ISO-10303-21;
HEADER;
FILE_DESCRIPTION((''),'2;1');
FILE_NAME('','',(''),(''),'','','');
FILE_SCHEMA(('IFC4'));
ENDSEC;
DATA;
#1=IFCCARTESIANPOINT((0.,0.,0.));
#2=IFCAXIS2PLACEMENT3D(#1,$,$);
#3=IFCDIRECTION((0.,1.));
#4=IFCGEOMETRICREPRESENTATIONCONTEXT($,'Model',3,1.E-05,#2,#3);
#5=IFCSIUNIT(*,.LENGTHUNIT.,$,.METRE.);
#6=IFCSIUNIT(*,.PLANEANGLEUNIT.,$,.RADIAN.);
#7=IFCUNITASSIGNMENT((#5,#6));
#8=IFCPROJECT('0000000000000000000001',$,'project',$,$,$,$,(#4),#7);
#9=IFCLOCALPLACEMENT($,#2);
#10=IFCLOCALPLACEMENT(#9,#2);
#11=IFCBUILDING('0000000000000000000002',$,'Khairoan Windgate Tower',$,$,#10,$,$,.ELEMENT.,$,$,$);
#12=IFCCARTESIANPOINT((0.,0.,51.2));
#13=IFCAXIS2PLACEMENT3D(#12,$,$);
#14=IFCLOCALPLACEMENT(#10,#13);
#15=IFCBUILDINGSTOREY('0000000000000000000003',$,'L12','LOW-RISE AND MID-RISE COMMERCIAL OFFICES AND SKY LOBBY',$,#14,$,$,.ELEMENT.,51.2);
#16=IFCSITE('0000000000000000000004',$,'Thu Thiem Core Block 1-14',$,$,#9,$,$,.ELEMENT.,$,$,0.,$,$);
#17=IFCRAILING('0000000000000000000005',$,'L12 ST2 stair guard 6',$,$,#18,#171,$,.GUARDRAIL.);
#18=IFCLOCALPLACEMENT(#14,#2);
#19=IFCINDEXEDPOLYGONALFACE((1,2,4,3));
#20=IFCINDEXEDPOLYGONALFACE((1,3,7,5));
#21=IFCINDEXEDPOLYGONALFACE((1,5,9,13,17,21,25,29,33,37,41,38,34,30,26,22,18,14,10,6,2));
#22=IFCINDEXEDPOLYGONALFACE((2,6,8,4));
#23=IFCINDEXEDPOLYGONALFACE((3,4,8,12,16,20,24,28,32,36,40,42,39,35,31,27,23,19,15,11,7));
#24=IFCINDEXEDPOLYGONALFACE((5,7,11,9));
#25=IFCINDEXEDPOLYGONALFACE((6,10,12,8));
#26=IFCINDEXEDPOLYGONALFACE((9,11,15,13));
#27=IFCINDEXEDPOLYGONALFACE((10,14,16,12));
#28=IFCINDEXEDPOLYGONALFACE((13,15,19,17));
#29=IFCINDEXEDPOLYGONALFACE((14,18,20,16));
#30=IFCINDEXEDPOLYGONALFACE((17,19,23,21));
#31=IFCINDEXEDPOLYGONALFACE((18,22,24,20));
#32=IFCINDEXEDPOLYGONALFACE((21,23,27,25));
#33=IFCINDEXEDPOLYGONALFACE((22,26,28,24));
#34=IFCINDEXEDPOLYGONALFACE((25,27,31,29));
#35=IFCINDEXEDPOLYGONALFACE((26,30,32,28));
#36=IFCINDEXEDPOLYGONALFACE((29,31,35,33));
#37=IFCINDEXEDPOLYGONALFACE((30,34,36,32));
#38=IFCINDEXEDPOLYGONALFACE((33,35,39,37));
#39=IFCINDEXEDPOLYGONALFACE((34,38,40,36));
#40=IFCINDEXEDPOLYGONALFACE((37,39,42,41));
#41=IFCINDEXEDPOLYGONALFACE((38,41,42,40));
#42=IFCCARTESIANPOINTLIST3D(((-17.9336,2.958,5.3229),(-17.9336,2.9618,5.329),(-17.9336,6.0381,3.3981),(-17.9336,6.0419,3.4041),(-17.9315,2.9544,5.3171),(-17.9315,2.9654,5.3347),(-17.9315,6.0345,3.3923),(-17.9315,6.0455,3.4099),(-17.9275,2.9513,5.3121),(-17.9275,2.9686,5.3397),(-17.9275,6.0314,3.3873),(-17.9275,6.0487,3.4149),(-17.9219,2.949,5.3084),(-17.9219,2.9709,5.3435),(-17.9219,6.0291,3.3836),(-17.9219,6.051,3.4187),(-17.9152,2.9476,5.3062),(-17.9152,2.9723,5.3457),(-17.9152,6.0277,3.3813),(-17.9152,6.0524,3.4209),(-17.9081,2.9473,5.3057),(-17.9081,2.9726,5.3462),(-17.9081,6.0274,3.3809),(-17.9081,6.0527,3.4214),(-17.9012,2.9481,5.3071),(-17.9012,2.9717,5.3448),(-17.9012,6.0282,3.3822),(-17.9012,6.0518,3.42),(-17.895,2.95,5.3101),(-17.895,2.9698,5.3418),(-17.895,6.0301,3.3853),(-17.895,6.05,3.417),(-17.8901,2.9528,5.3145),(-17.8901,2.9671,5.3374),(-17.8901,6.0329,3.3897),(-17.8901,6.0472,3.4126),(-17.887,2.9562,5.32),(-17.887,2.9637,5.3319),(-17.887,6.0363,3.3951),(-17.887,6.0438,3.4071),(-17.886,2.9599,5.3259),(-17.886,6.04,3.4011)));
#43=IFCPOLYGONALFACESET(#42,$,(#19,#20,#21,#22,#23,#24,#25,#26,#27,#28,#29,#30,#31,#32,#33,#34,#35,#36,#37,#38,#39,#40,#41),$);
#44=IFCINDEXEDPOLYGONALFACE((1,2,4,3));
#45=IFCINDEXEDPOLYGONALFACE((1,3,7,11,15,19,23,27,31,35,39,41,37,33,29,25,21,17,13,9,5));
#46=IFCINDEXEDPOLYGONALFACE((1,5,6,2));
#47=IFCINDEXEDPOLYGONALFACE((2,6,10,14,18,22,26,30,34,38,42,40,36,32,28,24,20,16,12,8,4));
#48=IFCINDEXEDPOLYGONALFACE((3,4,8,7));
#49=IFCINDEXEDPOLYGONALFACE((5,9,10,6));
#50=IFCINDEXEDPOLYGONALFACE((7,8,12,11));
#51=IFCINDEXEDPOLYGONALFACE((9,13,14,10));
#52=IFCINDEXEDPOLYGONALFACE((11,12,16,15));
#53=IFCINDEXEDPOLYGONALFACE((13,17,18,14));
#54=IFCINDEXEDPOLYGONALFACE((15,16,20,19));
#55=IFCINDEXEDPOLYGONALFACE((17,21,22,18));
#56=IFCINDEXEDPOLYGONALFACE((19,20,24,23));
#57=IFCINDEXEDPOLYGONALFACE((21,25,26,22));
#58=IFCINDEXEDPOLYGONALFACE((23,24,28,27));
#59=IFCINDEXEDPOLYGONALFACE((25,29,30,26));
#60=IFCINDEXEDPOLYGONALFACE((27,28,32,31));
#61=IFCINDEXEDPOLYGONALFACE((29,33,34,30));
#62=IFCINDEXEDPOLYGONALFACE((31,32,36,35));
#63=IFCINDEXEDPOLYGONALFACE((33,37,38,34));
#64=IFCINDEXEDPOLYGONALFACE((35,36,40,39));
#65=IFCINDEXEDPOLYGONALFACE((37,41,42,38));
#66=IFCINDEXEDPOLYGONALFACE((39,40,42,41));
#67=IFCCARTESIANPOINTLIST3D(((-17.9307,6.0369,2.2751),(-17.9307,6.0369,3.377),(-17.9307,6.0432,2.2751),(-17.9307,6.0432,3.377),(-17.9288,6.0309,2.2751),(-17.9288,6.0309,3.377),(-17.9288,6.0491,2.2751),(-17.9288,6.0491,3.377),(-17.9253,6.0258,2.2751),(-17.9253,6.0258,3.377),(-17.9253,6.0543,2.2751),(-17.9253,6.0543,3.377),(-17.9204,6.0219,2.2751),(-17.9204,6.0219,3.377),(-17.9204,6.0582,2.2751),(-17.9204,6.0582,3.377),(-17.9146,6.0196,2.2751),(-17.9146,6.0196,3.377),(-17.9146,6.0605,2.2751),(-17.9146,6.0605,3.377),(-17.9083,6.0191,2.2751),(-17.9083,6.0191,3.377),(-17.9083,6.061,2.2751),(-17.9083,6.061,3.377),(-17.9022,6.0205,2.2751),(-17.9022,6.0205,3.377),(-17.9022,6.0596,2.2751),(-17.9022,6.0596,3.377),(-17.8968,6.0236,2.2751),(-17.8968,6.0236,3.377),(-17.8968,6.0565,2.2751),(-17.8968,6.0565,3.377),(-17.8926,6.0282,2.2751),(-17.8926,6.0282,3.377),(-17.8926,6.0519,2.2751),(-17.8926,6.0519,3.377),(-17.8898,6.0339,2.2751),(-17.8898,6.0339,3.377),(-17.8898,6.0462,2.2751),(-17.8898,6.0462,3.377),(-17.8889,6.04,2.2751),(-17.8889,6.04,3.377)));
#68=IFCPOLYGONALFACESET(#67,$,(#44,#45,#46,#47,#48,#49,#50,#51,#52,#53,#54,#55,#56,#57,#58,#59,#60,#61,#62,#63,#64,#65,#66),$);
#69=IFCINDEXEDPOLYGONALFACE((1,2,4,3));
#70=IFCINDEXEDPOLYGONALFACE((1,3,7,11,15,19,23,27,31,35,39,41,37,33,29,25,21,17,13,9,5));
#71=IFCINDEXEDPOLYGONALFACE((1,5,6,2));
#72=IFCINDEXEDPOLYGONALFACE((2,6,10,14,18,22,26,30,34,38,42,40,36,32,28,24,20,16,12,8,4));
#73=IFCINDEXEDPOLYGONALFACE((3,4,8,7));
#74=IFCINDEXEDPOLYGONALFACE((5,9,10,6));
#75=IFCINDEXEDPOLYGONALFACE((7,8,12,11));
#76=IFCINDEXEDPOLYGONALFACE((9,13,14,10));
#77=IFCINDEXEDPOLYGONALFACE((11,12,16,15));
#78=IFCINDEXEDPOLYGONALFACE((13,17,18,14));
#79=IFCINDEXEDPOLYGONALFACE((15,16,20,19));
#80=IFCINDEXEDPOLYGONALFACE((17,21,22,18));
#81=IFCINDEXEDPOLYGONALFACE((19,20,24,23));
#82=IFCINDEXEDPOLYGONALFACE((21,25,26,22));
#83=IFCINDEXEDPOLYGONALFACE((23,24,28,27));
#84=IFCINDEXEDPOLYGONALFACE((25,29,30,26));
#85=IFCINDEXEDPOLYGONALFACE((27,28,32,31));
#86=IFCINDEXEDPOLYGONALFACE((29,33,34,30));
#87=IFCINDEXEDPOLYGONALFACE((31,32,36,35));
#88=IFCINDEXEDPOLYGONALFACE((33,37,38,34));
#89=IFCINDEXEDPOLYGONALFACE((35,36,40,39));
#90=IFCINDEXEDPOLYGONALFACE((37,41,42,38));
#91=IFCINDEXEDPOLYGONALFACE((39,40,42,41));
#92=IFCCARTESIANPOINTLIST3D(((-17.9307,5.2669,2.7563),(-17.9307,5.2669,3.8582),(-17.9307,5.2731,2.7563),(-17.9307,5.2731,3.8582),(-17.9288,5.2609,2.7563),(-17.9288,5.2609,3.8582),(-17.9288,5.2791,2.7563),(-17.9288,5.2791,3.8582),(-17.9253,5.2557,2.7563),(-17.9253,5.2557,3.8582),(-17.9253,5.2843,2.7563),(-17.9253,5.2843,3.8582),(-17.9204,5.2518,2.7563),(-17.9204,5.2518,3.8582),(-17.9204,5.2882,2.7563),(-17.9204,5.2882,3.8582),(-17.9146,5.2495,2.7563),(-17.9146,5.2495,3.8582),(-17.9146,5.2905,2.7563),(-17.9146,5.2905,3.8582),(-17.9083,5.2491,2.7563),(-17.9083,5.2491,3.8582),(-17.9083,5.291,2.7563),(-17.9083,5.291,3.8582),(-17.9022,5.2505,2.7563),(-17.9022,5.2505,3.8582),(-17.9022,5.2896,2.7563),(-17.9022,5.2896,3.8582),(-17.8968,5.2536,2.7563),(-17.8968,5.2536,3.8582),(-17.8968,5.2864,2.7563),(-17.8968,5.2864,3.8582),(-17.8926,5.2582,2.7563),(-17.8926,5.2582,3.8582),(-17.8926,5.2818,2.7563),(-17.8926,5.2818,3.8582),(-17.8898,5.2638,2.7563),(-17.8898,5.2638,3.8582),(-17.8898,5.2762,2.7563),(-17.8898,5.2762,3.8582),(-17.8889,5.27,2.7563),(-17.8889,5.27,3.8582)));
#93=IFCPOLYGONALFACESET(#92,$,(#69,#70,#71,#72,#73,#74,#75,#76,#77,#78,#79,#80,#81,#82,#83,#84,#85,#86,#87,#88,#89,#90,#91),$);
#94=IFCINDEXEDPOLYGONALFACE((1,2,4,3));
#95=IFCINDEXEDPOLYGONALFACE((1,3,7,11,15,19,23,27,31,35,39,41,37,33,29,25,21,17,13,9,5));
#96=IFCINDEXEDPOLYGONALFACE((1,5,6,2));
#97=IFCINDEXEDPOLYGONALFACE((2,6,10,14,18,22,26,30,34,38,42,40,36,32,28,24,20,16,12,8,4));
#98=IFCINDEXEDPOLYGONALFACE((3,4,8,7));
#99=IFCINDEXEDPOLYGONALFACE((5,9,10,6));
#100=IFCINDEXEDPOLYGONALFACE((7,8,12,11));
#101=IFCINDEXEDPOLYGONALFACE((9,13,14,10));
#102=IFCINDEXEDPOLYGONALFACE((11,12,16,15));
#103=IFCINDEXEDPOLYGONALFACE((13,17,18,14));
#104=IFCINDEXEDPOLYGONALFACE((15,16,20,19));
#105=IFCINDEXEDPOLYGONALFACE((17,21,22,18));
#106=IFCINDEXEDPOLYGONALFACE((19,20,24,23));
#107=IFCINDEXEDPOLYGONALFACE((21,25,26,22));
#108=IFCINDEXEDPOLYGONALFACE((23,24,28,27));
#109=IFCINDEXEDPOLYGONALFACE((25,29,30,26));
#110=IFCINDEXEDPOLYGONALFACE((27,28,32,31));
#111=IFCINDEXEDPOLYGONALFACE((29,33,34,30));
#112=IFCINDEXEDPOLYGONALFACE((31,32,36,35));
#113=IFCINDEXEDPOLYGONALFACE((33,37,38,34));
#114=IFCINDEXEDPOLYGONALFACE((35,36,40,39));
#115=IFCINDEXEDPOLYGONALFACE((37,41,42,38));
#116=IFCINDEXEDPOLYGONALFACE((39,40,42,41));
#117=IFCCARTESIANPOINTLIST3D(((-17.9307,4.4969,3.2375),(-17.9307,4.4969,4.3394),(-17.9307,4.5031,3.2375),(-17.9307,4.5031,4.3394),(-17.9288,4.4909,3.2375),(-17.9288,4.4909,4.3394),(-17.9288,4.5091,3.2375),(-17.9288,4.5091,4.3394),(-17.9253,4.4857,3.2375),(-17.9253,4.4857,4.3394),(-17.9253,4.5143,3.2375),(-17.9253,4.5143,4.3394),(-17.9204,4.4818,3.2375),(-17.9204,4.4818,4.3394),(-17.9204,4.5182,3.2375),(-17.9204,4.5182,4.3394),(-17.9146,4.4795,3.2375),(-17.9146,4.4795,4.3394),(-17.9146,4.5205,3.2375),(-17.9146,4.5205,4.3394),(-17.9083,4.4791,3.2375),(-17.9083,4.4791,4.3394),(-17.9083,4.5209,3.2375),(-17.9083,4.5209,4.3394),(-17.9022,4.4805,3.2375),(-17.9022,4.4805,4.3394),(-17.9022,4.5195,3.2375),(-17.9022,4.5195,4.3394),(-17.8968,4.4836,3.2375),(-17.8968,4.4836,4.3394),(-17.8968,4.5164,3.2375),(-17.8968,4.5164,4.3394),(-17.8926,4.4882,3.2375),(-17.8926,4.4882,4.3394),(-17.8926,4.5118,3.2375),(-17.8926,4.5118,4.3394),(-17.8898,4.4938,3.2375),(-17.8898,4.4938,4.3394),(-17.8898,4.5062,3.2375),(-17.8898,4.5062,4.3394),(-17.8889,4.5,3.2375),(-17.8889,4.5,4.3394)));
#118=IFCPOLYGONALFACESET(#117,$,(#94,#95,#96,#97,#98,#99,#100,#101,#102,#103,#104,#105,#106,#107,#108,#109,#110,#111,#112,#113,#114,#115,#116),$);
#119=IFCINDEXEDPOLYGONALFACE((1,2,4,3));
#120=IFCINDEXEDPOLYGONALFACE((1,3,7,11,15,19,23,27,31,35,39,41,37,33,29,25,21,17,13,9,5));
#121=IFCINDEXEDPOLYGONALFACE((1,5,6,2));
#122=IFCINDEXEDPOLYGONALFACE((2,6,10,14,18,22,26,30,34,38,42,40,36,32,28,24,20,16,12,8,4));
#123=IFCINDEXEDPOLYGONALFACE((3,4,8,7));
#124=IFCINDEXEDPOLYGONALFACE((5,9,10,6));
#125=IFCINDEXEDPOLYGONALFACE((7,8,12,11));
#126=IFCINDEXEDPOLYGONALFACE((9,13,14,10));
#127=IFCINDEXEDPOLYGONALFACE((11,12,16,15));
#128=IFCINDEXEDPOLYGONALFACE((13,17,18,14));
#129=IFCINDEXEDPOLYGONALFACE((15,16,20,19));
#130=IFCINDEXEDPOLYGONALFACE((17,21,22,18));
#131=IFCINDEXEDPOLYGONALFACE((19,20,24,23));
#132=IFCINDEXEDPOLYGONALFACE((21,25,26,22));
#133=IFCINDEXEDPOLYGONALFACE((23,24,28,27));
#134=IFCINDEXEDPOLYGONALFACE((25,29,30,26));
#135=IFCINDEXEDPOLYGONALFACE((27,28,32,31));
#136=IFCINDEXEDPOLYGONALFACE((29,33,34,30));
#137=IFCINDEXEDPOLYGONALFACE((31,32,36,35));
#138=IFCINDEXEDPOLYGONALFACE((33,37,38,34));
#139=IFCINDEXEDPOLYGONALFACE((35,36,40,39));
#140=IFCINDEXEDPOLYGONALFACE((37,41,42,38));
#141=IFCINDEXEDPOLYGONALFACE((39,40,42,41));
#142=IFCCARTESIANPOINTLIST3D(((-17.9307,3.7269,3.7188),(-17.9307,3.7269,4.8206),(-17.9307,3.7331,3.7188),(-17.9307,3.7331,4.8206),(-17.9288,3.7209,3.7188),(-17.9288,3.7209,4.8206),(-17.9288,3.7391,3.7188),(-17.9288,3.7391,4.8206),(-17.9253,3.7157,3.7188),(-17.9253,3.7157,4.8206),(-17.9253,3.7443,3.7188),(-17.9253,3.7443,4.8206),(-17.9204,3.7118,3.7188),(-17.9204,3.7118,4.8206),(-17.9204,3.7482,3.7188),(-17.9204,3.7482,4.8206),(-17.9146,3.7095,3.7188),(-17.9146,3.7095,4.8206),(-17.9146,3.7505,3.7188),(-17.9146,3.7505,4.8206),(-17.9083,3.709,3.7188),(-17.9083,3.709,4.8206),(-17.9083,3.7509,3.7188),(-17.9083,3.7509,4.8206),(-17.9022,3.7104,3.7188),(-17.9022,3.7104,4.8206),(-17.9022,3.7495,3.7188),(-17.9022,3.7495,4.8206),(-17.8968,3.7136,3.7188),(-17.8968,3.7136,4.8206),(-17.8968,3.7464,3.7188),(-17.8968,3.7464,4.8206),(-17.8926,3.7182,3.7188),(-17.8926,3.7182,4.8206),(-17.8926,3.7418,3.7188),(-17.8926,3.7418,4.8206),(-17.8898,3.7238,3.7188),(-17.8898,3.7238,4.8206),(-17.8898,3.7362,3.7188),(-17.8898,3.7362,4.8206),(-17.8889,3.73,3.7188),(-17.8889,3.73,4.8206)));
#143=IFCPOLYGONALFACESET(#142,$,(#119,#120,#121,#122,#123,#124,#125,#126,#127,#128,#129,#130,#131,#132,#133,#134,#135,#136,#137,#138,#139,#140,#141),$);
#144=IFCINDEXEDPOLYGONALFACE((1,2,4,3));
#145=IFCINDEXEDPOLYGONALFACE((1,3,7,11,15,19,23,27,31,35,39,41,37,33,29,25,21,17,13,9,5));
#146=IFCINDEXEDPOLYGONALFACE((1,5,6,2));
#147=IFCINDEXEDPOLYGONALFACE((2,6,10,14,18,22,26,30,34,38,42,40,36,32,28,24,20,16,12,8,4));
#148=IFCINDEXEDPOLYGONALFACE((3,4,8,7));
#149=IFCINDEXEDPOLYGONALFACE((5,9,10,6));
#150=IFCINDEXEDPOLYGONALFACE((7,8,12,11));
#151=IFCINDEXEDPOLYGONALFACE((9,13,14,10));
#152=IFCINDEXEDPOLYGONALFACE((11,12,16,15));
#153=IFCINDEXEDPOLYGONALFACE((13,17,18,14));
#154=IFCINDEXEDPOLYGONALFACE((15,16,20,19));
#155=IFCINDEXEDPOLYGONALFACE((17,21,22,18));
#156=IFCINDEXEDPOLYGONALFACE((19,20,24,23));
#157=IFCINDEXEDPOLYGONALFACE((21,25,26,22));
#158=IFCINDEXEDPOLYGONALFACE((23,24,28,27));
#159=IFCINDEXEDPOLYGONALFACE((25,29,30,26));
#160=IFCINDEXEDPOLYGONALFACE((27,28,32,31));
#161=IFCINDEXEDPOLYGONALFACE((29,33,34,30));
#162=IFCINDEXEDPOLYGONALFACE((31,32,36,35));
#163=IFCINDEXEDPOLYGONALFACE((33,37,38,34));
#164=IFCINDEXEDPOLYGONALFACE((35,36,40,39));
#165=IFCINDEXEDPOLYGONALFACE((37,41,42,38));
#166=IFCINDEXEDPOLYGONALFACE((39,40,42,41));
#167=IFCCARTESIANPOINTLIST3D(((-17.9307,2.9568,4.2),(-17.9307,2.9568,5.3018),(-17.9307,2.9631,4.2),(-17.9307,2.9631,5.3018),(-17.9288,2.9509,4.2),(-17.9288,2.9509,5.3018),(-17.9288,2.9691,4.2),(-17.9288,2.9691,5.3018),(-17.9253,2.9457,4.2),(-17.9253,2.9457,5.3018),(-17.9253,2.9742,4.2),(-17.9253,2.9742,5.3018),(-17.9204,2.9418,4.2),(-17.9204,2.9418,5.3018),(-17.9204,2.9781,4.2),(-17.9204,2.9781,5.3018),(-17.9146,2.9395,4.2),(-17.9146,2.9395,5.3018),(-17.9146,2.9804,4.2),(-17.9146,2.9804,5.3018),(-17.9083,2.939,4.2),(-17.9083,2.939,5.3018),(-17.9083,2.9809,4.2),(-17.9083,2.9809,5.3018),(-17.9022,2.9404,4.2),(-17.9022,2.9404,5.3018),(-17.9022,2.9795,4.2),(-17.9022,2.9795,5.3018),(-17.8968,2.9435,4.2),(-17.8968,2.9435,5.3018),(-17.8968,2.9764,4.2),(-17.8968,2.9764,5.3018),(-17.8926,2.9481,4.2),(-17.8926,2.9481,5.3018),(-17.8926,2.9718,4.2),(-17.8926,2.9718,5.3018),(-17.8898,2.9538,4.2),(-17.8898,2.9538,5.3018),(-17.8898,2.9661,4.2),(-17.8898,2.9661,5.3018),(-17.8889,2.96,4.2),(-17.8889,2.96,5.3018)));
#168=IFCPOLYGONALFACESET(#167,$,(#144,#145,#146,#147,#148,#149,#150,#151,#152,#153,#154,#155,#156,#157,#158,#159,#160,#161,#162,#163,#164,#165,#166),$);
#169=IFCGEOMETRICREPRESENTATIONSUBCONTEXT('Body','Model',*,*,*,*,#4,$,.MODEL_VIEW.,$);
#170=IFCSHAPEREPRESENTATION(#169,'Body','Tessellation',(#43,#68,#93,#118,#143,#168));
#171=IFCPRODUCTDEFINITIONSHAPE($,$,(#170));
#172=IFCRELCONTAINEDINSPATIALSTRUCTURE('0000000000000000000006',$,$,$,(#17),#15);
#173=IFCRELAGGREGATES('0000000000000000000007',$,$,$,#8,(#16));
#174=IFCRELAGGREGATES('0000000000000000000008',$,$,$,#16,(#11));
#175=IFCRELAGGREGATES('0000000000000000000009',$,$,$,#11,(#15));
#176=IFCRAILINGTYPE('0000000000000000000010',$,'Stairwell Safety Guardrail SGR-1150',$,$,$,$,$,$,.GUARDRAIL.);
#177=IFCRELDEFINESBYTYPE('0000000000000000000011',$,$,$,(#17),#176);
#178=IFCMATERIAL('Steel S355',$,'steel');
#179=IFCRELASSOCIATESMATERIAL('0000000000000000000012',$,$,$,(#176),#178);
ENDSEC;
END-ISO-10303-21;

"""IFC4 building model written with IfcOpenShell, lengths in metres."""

from ifc_helpers import new_model, si_unit, direction, frame, origin, origin_2d, place, context, subcontext, project, spatial, circle, extrude, material, type_object, element, save


model = new_model("IFC4")

# Units and contexts
model_context = context("Model", 3, precision=1e-05, world=origin(), true_north=direction((0.0, 1.0)))
body_context = subcontext(model_context, "Body", "Model", "MODEL_VIEW")
ifc_project = project(units=[si_unit("LENGTHUNIT", "METRE"), si_unit("PLANEANGLEUNIT", "RADIAN")], contexts=[model_context])

# Site, building, storey
site_placement = place(None, origin())
site = spatial("IfcSite", under=ifc_project, at=site_placement, Name="Thu Thiem Core Block 1-14", CompositionType="ELEMENT", RefElevation=0.0)
building_placement = place(site_placement, origin())
building = spatial("IfcBuilding", under=site, at=building_placement, Name="Khairoan Windgate Tower", CompositionType="ELEMENT")
storey_placement = place(building_placement, frame((0.0, 0.0, 51.2)))
storey = spatial("IfcBuildingStorey", under=building, at=storey_placement, Name="L12", Description="LOW-RISE AND MID-RISE COMMERCIAL OFFICES AND SKY LOBBY", CompositionType="ELEMENT", Elevation=51.2)

# Railing
ifc_material_1 = material(Name="Steel S355", Category="steel")
railing_type_1 = type_object("IfcRailingType", Name="Stairwell Safety Guardrail SGR-1150", PredefinedType="GUARDRAIL", material=ifc_material_1)
railing_1_placement = place(storey_placement, frame((-17.9099, 6.04, 2.2751)))
element("IfcRailing", 1, at=railing_1_placement, inside=storey, type_object=railing_type_1, Name="L12 ST2 stair guard 6", PredefinedType="GUARDRAIL", context=body_context, shape_type="SweptSolid", body=[
    extrude(circle(Radius=0.0239, at=origin_2d()), frame((0.0, 0.0, 1.126), z_axis=(0.0, -0.848029, 0.529951), x_axis=(1.0, 0.0, 0.0)), (0.0, 0.0, 1.0), 3.6321),
    extrude(circle(Radius=0.021, at=origin_2d()), origin(), (0.0, 0.0, 1.0), 1.1018),
    extrude(circle(Radius=0.021, at=origin_2d()), frame((0.0, -0.77, 0.4812)), (0.0, 0.0, 1.0), 1.1018),
    extrude(circle(Radius=0.021, at=origin_2d()), frame((0.0, -1.54, 0.9624)), (0.0, 0.0, 1.0), 1.1018),
    extrude(circle(Radius=0.021, at=origin_2d()), frame((0.0, -2.3101, 1.4436)), (0.0, 0.0, 1.0), 1.1018),
    extrude(circle(Radius=0.021, at=origin_2d()), frame((0.0, -3.0801, 1.9248)), (0.0, 0.0, 1.0), 1.1018),
])

save(model, "model.ifc")
